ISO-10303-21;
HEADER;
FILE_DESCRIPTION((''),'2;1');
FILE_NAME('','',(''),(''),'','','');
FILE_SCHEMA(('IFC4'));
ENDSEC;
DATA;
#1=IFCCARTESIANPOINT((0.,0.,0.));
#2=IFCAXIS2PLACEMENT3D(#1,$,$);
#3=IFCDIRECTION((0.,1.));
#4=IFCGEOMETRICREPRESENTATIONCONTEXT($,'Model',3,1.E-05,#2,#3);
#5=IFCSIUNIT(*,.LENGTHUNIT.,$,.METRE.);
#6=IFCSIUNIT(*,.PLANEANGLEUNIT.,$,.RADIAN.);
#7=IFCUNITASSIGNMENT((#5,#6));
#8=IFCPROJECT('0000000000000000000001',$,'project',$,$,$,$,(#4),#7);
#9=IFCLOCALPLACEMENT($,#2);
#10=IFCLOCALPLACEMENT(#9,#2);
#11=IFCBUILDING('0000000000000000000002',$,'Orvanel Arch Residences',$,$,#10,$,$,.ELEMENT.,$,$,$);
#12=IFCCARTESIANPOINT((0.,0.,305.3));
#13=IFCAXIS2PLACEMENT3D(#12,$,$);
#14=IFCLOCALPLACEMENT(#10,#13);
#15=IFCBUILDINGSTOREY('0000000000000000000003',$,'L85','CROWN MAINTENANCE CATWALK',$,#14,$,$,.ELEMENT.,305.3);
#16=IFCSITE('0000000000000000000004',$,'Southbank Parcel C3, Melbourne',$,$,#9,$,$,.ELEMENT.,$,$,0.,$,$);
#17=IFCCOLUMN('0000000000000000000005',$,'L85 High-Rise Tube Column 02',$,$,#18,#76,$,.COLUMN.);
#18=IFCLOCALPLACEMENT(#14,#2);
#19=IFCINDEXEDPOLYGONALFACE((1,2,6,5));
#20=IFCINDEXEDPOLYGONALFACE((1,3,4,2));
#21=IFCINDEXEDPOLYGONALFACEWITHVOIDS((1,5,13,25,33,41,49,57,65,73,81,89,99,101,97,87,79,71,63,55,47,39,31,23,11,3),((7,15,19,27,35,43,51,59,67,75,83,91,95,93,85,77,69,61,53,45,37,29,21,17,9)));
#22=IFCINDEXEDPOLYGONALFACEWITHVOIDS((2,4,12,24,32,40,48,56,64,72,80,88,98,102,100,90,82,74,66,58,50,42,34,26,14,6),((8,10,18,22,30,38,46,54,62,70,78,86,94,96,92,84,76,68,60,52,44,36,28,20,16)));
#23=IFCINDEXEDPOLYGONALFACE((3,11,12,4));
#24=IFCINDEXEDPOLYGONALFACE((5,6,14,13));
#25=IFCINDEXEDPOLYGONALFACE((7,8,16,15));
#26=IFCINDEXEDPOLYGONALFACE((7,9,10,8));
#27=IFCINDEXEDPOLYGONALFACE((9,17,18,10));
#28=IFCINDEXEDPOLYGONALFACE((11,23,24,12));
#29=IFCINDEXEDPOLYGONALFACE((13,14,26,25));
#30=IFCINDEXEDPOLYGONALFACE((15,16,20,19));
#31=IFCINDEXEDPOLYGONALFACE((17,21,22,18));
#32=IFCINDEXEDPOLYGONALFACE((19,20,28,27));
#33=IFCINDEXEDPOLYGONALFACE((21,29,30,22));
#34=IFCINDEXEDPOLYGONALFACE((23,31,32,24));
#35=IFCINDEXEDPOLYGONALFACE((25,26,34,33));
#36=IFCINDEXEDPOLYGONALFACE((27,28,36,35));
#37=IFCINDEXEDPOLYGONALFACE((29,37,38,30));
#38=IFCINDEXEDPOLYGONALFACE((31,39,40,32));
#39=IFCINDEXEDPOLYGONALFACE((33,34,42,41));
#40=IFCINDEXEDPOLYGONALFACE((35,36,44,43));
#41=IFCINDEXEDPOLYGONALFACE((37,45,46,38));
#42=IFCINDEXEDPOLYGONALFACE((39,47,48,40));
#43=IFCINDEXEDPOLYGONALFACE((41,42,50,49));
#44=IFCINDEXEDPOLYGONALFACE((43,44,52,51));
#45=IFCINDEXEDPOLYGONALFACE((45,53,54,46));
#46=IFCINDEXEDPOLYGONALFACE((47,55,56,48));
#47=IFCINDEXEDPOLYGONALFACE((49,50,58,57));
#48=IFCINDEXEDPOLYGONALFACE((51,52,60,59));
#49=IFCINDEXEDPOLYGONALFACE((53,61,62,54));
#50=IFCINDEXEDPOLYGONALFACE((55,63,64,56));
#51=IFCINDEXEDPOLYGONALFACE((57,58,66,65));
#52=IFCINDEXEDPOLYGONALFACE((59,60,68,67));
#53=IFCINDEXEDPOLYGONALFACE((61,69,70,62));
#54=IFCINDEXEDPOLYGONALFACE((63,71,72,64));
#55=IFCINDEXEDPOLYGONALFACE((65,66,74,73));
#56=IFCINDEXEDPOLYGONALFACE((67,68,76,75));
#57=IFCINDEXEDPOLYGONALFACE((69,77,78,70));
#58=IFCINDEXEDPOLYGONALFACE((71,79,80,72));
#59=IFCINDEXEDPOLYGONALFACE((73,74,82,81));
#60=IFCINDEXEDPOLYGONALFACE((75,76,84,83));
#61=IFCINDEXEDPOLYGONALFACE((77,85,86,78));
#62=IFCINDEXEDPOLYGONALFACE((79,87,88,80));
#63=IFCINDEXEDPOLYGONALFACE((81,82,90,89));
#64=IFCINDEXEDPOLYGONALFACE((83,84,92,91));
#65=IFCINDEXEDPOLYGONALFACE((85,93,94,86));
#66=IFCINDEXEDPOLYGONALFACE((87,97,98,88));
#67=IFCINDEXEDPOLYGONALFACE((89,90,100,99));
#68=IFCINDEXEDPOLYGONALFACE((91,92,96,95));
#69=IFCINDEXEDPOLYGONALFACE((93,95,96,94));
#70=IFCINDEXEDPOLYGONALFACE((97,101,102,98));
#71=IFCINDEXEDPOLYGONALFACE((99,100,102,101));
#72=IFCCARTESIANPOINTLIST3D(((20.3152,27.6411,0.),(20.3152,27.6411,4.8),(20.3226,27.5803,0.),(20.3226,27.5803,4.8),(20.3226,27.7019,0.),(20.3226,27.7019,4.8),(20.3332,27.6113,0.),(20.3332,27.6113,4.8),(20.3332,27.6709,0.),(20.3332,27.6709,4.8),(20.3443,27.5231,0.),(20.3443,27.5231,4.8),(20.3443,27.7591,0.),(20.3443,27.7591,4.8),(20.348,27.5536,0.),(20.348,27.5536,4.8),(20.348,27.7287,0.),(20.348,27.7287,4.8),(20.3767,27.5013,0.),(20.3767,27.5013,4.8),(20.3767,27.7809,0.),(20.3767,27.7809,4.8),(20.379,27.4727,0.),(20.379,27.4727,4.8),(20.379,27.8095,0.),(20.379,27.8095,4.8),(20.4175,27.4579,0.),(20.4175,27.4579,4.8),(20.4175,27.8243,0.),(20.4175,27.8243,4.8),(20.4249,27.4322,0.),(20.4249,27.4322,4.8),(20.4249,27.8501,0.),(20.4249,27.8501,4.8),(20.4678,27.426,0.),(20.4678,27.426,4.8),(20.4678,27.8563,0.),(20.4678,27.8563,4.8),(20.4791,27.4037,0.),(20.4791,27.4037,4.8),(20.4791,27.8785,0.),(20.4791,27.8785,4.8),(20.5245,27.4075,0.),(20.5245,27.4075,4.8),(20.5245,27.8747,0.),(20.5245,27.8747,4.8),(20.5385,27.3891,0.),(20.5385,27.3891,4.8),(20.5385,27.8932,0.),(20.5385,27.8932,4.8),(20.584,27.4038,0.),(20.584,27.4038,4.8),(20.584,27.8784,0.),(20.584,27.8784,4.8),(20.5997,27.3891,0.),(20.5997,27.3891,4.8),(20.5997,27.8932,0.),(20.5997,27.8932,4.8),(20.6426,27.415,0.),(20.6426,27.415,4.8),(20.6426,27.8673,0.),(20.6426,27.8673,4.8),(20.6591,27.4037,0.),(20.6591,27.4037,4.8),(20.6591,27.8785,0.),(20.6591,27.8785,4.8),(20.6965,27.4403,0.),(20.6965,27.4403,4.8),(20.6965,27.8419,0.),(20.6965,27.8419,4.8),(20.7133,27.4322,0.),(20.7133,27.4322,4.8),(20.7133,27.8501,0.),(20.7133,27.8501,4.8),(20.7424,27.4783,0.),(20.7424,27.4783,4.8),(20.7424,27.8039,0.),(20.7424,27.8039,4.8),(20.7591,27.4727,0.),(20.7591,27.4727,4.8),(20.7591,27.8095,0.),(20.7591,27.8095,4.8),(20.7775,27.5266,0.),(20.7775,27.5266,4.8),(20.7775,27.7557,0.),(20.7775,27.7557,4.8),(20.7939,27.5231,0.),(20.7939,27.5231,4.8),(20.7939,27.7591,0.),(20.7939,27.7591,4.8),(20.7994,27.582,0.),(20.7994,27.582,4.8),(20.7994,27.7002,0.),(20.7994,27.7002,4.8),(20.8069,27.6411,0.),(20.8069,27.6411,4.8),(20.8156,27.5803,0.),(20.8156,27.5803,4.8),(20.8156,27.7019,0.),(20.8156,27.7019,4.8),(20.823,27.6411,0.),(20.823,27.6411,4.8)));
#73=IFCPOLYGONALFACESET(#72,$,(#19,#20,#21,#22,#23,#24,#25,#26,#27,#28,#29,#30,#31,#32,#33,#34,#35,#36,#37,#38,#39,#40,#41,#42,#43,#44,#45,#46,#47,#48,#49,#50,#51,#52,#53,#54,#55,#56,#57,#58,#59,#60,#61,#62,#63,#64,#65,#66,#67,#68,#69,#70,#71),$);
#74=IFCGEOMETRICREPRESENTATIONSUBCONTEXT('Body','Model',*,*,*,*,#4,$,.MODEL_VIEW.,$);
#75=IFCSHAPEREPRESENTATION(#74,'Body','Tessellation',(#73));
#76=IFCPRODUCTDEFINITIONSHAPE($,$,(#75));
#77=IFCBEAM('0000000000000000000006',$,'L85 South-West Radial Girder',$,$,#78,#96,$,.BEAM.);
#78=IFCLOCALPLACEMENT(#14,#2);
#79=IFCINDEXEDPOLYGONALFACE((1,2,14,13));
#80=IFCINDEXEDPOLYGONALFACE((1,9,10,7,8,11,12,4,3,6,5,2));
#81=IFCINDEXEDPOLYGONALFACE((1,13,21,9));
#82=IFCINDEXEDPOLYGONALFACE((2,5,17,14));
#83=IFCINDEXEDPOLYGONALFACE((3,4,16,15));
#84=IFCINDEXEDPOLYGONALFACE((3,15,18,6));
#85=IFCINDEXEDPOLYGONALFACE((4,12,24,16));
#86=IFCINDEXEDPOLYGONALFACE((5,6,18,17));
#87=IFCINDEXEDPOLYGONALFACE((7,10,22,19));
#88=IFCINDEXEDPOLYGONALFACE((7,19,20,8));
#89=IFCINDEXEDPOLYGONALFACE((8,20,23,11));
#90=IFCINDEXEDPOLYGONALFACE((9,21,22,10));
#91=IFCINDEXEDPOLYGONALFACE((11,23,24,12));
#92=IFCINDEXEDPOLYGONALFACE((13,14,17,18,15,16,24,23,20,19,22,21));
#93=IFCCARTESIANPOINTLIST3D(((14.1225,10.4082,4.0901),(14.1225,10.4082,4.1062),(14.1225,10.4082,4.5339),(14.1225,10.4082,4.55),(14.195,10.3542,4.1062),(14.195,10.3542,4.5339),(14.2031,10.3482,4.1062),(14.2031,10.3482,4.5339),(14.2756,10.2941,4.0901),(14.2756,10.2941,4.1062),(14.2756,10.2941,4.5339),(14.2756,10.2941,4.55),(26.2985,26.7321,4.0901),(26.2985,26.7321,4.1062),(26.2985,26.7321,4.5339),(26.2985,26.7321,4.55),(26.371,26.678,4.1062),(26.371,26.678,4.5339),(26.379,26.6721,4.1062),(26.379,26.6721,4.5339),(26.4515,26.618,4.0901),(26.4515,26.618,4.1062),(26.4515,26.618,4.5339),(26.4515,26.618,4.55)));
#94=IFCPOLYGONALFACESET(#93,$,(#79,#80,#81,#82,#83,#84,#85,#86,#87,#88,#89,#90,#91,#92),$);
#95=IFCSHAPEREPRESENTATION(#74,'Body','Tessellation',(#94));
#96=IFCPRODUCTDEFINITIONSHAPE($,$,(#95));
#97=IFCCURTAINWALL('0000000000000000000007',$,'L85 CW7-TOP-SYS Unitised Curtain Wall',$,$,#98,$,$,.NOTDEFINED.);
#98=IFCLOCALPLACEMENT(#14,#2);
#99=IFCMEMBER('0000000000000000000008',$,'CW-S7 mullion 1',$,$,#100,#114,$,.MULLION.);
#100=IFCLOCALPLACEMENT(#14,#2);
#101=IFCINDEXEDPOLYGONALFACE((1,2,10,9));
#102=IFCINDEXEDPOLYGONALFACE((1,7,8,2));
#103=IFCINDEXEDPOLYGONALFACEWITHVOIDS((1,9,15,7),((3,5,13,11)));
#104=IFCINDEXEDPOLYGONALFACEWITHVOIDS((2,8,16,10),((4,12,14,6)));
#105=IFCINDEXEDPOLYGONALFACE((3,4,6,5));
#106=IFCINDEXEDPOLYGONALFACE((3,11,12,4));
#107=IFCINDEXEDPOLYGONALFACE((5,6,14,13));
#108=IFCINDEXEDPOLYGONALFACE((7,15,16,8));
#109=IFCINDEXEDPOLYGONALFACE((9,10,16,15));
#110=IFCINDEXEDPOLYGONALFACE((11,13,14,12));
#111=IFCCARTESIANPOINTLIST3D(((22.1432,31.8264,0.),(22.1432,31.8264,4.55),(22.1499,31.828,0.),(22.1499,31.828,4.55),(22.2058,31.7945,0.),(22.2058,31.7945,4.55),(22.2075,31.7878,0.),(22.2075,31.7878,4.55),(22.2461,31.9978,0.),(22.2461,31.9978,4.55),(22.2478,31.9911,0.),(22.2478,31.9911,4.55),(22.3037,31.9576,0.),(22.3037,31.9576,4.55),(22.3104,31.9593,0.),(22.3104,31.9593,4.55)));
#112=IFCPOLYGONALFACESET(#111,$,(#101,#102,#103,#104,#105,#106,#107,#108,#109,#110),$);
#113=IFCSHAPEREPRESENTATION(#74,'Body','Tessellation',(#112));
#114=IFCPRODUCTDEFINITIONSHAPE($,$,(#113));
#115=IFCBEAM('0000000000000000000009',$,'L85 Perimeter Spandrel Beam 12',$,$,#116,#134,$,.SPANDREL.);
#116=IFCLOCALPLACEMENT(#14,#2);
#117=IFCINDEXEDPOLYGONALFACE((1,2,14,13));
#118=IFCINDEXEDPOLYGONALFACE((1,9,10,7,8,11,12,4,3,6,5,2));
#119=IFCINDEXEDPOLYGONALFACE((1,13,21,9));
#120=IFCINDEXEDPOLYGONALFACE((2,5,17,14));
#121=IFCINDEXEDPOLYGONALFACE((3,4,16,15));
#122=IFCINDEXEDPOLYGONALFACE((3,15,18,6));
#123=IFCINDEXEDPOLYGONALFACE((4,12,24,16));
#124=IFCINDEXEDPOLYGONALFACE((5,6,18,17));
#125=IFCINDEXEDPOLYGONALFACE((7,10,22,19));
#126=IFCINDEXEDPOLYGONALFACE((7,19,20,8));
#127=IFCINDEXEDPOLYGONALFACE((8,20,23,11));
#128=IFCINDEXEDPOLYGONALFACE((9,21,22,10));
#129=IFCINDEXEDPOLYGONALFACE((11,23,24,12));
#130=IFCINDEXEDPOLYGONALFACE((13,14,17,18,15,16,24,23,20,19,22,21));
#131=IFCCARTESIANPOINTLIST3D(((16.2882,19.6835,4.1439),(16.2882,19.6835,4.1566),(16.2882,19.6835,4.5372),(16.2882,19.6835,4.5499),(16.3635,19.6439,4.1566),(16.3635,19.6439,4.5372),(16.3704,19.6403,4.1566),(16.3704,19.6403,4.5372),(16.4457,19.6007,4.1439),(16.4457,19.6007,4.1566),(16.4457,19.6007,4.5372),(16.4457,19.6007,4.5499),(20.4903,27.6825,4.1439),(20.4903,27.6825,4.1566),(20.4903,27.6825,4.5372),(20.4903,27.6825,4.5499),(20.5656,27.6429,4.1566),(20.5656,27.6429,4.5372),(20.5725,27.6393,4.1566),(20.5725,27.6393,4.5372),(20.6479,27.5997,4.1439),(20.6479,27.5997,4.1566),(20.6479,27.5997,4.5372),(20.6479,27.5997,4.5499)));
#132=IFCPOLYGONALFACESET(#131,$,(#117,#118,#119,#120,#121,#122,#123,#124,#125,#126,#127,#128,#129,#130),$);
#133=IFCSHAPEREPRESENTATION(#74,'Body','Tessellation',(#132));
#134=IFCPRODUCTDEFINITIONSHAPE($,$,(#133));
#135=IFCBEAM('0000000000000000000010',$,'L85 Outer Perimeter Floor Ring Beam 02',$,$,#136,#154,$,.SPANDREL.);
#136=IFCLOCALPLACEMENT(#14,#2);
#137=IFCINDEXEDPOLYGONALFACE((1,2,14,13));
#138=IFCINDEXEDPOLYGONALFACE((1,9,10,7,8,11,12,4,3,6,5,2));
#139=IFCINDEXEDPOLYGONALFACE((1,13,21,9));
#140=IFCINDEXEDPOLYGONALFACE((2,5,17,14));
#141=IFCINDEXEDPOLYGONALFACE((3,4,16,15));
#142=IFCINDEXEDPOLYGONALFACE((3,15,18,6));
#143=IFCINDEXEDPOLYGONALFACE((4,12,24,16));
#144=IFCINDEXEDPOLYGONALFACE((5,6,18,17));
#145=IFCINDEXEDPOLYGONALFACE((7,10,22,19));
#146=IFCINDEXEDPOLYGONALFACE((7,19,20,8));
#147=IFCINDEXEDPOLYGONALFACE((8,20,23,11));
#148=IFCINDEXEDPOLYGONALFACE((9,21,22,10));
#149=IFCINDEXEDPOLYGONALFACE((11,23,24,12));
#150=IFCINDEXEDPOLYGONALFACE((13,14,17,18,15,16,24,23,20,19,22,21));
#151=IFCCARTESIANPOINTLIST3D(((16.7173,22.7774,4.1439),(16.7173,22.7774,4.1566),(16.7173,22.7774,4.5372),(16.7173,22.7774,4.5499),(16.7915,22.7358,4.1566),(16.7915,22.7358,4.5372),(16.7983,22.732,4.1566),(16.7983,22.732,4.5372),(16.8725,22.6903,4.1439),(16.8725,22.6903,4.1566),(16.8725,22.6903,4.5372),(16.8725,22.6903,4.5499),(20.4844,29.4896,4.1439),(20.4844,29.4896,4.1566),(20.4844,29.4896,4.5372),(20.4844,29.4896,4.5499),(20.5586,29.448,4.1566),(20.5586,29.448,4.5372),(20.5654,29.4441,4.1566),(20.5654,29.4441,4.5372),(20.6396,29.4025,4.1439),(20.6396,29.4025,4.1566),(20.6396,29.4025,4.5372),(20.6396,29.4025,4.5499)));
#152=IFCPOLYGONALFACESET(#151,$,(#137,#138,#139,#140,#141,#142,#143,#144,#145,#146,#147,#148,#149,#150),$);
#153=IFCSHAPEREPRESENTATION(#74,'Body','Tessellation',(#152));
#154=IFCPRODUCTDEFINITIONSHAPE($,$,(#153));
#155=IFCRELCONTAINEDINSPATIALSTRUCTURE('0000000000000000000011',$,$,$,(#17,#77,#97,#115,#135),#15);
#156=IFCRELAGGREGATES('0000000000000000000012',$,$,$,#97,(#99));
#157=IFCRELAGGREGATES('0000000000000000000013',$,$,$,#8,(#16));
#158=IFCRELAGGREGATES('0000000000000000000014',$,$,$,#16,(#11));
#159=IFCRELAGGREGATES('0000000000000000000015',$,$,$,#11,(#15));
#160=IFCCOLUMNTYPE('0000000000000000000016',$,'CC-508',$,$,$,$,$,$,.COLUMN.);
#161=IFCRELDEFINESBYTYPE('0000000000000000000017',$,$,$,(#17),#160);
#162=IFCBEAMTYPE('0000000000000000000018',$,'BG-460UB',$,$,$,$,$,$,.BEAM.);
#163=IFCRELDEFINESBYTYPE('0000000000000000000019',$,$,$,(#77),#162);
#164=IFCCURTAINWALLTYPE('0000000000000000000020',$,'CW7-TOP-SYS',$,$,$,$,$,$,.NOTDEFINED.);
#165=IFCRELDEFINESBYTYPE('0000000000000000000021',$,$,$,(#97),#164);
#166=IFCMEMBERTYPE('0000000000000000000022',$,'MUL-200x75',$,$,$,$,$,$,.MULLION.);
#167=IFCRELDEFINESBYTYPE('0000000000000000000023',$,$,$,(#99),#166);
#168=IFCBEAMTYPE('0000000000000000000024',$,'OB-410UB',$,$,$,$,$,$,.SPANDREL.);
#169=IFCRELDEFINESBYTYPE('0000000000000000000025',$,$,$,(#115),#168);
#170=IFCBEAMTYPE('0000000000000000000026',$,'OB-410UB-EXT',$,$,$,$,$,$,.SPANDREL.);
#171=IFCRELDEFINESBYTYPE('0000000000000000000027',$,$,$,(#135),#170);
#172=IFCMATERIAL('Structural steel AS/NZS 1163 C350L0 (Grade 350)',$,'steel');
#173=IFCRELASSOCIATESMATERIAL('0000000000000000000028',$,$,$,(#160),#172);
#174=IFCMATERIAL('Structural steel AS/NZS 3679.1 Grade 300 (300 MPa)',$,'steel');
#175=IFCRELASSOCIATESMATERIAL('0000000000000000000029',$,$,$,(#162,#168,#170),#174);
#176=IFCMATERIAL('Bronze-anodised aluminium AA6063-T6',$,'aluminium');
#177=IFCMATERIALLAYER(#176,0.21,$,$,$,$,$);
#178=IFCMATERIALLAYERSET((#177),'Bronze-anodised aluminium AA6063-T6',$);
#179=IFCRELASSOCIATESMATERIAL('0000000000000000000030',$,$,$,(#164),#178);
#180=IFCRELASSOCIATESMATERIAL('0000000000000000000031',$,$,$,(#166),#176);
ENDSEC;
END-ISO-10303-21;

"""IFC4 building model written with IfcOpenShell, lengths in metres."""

from ifc_helpers import new_model, si_unit, direction, frame, origin, origin_2d, place, context, subcontext, project, spatial, hollow_rectangle, hollow_circle, i_section, extrude, material, layer, layer_set, material_profile, profile_set, type_object, element, aggregate, save


model = new_model("IFC4")

# Units and contexts
model_context = context("Model", 3, precision=1e-05, world=origin(), true_north=direction((0.0, 1.0)))
body_context = subcontext(model_context, "Body", "Model", "MODEL_VIEW")
ifc_project = project(units=[si_unit("LENGTHUNIT", "METRE"), si_unit("PLANEANGLEUNIT", "RADIAN")], contexts=[model_context])

# Site, building, storey
site_placement = place(None, origin())
site = spatial("IfcSite", under=ifc_project, at=site_placement, Name="Southbank Parcel C3, Melbourne", CompositionType="ELEMENT", RefElevation=0.0)
building_placement = place(site_placement, origin())
building = spatial("IfcBuilding", under=site, at=building_placement, Name="Orvanel Arch Residences", CompositionType="ELEMENT")
storey_placement = place(building_placement, frame((0.0, 0.0, 305.3)))
storey = spatial("IfcBuildingStorey", under=building, at=storey_placement, Name="L85", Description="CROWN MAINTENANCE CATWALK", CompositionType="ELEMENT", Elevation=305.3)

# Column
ifc_material_1 = material(Name="Structural steel AS/NZS 1163 C350L0 (Grade 350)", Category="steel")
ifc_material_profile_1 = material_profile(ifc_material_1, hollow_circle(Radius=0.2539, WallThickness=0.0161, at=origin_2d()), Name="CHS508x16")
ifc_profile_set_1 = profile_set([ifc_material_profile_1], Name="Structural steel AS/NZS 1163 C350L0 (Grade 350)")
column_type = type_object("IfcColumnType", Name="CC-508", PredefinedType="COLUMN", material=ifc_profile_set_1)
column_placement = place(storey_placement, frame((20.5691, 27.6411, 0.0), z_axis=(0.0, 0.0, 1.0), x_axis=(1.0, 0.0, 0.0)))
element("IfcColumn", 1, at=column_placement, inside=storey, type_object=column_type, Name="L85 High-Rise Tube Column 02", PredefinedType="COLUMN", context=body_context, shape_type="SweptSolid", body=[
    extrude(hollow_circle(Radius=0.2539, WallThickness=0.0161, at=origin_2d()), origin(), (0.0, 0.0, 1.0), 4.8),
])

# Beam
ifc_material_2 = material(Name="Structural steel AS/NZS 3679.1 Grade 300 (300 MPa)", Category="steel")
ifc_material_profile_2 = material_profile(ifc_material_2, i_section(OverallWidth=0.1909, OverallDepth=0.46, WebThickness=0.01, FlangeThickness=0.0161, at=origin_2d()), Name="460UB82.1")
ifc_profile_set_2 = profile_set([ifc_material_profile_2], Name="Structural steel AS/NZS 3679.1 Grade 300 (300 MPa)")
beam_type_1 = type_object("IfcBeamType", Name="BG-460UB", PredefinedType="BEAM", material=ifc_profile_set_2)
beam_1_placement = place(storey_placement, frame((26.375, 26.675, 4.3201), z_axis=(-0.597894, -0.801575, 0.0), x_axis=(0.801575, -0.597894, 0.0)))
element("IfcBeam", 2, at=beam_1_placement, inside=storey, type_object=beam_type_1, Name="L85 South-West Radial Girder", PredefinedType="BEAM", context=body_context, shape_type="SweptSolid", body=[
    extrude(i_section(OverallWidth=0.1909, OverallDepth=0.46, WebThickness=0.01, FlangeThickness=0.0161, at=origin_2d()), origin(), (0.0, 0.0, 1.0), 20.3647),
])

# Curtain wall, member
ifc_material_3 = material(Name="Bronze-anodised aluminium AA6063-T6", Category="aluminium")
ifc_layer_1 = layer(ifc_material_3, 0.21)
ifc_layer_set_1 = layer_set([ifc_layer_1], Name="Bronze-anodised aluminium AA6063-T6")
curtain_wall_type = type_object("IfcCurtainWallType", Name="CW7-TOP-SYS", PredefinedType="NOTDEFINED", material=ifc_layer_set_1)
curtain_wall_placement = place(storey_placement, origin())
curtain_wall = element("IfcCurtainWall", 3, at=curtain_wall_placement, inside=storey, type_object=curtain_wall_type, Name="L85 CW7-TOP-SYS Unitised Curtain Wall", PredefinedType="NOTDEFINED")
ifc_material_profile_3 = material_profile(ifc_material_3, hollow_rectangle(XDim=0.075, YDim=0.2, WallThickness=0.0049, at=origin_2d()), Name="ALU200x75x5")
ifc_profile_set_3 = profile_set([ifc_material_profile_3], Name="Bronze-anodised aluminium AA6063-T6")
member_type_1 = type_object("IfcMemberType", Name="MUL-200x75", PredefinedType="MULLION", material=ifc_profile_set_3)
member_1_placement = place(storey_placement, frame((22.2268, 31.8928, 0.0), z_axis=(0.0, 0.0, 1.0), x_axis=(0.857522, -0.514447, 0.0)))
member_1 = element("IfcMember", 4, at=member_1_placement, type_object=member_type_1, Name="CW-S7 mullion 1", PredefinedType="MULLION", context=body_context, shape_type="SweptSolid", body=[
    extrude(hollow_rectangle(XDim=0.075, YDim=0.2, WallThickness=0.0049, at=origin_2d()), origin(), (0.0, 0.0, 1.0), 4.55),
])

# Beams
ifc_material_profile_4 = material_profile(ifc_material_2, i_section(OverallWidth=0.178, OverallDepth=0.406, WebThickness=0.0078, FlangeThickness=0.0127, at=origin_2d()), Name="410UB59.7")
ifc_profile_set_4 = profile_set([ifc_material_profile_4], Name="Structural steel AS/NZS 3679.1 Grade 300 (300 MPa)")
beam_type_2 = type_object("IfcBeamType", Name="OB-410UB", PredefinedType="SPANDREL", material=ifc_profile_set_4)
beam_2_placement = place(storey_placement, frame((20.5691, 27.6411, 4.3469), z_axis=(-0.465065, -0.885277, 0.0), x_axis=(0.885277, -0.465065, 0.0)))
element("IfcBeam", 5, at=beam_2_placement, inside=storey, type_object=beam_type_2, Name="L85 Perimeter Spandrel Beam 12", PredefinedType="SPANDREL", context=body_context, shape_type="SweptSolid", body=[
    extrude(i_section(OverallWidth=0.178, OverallDepth=0.406, WebThickness=0.0078, FlangeThickness=0.0127, at=origin_2d()), origin(), (0.0, 0.0, 1.0), 9.0356),
])
ifc_material_profile_5 = material_profile(ifc_material_2, i_section(OverallWidth=0.178, OverallDepth=0.406, WebThickness=0.0078, FlangeThickness=0.0127, at=origin_2d()), Name="410UB59.7")
ifc_profile_set_5 = profile_set([ifc_material_profile_5], Name="Structural steel AS/NZS 3679.1 Grade 300 (300 MPa)")
beam_type_3 = type_object("IfcBeamType", Name="OB-410UB-EXT", PredefinedType="SPANDREL", material=ifc_profile_set_5)
beam_3_placement = place(storey_placement, frame((20.562, 29.446, 4.3469), z_axis=(-0.489422, -0.872047, 0.0), x_axis=(0.872047, -0.489422, 0.0)))
element("IfcBeam", 6, at=beam_3_placement, inside=storey, type_object=beam_type_3, Name="L85 Outer Perimeter Floor Ring Beam 02", PredefinedType="SPANDREL", context=body_context, shape_type="SweptSolid", body=[
    extrude(i_section(OverallWidth=0.178, OverallDepth=0.406, WebThickness=0.0078, FlangeThickness=0.0127, at=origin_2d()), origin(), (0.0, 0.0, 1.0), 7.697),
])

aggregate(curtain_wall, [member_1])

save(model, "model.ifc")
